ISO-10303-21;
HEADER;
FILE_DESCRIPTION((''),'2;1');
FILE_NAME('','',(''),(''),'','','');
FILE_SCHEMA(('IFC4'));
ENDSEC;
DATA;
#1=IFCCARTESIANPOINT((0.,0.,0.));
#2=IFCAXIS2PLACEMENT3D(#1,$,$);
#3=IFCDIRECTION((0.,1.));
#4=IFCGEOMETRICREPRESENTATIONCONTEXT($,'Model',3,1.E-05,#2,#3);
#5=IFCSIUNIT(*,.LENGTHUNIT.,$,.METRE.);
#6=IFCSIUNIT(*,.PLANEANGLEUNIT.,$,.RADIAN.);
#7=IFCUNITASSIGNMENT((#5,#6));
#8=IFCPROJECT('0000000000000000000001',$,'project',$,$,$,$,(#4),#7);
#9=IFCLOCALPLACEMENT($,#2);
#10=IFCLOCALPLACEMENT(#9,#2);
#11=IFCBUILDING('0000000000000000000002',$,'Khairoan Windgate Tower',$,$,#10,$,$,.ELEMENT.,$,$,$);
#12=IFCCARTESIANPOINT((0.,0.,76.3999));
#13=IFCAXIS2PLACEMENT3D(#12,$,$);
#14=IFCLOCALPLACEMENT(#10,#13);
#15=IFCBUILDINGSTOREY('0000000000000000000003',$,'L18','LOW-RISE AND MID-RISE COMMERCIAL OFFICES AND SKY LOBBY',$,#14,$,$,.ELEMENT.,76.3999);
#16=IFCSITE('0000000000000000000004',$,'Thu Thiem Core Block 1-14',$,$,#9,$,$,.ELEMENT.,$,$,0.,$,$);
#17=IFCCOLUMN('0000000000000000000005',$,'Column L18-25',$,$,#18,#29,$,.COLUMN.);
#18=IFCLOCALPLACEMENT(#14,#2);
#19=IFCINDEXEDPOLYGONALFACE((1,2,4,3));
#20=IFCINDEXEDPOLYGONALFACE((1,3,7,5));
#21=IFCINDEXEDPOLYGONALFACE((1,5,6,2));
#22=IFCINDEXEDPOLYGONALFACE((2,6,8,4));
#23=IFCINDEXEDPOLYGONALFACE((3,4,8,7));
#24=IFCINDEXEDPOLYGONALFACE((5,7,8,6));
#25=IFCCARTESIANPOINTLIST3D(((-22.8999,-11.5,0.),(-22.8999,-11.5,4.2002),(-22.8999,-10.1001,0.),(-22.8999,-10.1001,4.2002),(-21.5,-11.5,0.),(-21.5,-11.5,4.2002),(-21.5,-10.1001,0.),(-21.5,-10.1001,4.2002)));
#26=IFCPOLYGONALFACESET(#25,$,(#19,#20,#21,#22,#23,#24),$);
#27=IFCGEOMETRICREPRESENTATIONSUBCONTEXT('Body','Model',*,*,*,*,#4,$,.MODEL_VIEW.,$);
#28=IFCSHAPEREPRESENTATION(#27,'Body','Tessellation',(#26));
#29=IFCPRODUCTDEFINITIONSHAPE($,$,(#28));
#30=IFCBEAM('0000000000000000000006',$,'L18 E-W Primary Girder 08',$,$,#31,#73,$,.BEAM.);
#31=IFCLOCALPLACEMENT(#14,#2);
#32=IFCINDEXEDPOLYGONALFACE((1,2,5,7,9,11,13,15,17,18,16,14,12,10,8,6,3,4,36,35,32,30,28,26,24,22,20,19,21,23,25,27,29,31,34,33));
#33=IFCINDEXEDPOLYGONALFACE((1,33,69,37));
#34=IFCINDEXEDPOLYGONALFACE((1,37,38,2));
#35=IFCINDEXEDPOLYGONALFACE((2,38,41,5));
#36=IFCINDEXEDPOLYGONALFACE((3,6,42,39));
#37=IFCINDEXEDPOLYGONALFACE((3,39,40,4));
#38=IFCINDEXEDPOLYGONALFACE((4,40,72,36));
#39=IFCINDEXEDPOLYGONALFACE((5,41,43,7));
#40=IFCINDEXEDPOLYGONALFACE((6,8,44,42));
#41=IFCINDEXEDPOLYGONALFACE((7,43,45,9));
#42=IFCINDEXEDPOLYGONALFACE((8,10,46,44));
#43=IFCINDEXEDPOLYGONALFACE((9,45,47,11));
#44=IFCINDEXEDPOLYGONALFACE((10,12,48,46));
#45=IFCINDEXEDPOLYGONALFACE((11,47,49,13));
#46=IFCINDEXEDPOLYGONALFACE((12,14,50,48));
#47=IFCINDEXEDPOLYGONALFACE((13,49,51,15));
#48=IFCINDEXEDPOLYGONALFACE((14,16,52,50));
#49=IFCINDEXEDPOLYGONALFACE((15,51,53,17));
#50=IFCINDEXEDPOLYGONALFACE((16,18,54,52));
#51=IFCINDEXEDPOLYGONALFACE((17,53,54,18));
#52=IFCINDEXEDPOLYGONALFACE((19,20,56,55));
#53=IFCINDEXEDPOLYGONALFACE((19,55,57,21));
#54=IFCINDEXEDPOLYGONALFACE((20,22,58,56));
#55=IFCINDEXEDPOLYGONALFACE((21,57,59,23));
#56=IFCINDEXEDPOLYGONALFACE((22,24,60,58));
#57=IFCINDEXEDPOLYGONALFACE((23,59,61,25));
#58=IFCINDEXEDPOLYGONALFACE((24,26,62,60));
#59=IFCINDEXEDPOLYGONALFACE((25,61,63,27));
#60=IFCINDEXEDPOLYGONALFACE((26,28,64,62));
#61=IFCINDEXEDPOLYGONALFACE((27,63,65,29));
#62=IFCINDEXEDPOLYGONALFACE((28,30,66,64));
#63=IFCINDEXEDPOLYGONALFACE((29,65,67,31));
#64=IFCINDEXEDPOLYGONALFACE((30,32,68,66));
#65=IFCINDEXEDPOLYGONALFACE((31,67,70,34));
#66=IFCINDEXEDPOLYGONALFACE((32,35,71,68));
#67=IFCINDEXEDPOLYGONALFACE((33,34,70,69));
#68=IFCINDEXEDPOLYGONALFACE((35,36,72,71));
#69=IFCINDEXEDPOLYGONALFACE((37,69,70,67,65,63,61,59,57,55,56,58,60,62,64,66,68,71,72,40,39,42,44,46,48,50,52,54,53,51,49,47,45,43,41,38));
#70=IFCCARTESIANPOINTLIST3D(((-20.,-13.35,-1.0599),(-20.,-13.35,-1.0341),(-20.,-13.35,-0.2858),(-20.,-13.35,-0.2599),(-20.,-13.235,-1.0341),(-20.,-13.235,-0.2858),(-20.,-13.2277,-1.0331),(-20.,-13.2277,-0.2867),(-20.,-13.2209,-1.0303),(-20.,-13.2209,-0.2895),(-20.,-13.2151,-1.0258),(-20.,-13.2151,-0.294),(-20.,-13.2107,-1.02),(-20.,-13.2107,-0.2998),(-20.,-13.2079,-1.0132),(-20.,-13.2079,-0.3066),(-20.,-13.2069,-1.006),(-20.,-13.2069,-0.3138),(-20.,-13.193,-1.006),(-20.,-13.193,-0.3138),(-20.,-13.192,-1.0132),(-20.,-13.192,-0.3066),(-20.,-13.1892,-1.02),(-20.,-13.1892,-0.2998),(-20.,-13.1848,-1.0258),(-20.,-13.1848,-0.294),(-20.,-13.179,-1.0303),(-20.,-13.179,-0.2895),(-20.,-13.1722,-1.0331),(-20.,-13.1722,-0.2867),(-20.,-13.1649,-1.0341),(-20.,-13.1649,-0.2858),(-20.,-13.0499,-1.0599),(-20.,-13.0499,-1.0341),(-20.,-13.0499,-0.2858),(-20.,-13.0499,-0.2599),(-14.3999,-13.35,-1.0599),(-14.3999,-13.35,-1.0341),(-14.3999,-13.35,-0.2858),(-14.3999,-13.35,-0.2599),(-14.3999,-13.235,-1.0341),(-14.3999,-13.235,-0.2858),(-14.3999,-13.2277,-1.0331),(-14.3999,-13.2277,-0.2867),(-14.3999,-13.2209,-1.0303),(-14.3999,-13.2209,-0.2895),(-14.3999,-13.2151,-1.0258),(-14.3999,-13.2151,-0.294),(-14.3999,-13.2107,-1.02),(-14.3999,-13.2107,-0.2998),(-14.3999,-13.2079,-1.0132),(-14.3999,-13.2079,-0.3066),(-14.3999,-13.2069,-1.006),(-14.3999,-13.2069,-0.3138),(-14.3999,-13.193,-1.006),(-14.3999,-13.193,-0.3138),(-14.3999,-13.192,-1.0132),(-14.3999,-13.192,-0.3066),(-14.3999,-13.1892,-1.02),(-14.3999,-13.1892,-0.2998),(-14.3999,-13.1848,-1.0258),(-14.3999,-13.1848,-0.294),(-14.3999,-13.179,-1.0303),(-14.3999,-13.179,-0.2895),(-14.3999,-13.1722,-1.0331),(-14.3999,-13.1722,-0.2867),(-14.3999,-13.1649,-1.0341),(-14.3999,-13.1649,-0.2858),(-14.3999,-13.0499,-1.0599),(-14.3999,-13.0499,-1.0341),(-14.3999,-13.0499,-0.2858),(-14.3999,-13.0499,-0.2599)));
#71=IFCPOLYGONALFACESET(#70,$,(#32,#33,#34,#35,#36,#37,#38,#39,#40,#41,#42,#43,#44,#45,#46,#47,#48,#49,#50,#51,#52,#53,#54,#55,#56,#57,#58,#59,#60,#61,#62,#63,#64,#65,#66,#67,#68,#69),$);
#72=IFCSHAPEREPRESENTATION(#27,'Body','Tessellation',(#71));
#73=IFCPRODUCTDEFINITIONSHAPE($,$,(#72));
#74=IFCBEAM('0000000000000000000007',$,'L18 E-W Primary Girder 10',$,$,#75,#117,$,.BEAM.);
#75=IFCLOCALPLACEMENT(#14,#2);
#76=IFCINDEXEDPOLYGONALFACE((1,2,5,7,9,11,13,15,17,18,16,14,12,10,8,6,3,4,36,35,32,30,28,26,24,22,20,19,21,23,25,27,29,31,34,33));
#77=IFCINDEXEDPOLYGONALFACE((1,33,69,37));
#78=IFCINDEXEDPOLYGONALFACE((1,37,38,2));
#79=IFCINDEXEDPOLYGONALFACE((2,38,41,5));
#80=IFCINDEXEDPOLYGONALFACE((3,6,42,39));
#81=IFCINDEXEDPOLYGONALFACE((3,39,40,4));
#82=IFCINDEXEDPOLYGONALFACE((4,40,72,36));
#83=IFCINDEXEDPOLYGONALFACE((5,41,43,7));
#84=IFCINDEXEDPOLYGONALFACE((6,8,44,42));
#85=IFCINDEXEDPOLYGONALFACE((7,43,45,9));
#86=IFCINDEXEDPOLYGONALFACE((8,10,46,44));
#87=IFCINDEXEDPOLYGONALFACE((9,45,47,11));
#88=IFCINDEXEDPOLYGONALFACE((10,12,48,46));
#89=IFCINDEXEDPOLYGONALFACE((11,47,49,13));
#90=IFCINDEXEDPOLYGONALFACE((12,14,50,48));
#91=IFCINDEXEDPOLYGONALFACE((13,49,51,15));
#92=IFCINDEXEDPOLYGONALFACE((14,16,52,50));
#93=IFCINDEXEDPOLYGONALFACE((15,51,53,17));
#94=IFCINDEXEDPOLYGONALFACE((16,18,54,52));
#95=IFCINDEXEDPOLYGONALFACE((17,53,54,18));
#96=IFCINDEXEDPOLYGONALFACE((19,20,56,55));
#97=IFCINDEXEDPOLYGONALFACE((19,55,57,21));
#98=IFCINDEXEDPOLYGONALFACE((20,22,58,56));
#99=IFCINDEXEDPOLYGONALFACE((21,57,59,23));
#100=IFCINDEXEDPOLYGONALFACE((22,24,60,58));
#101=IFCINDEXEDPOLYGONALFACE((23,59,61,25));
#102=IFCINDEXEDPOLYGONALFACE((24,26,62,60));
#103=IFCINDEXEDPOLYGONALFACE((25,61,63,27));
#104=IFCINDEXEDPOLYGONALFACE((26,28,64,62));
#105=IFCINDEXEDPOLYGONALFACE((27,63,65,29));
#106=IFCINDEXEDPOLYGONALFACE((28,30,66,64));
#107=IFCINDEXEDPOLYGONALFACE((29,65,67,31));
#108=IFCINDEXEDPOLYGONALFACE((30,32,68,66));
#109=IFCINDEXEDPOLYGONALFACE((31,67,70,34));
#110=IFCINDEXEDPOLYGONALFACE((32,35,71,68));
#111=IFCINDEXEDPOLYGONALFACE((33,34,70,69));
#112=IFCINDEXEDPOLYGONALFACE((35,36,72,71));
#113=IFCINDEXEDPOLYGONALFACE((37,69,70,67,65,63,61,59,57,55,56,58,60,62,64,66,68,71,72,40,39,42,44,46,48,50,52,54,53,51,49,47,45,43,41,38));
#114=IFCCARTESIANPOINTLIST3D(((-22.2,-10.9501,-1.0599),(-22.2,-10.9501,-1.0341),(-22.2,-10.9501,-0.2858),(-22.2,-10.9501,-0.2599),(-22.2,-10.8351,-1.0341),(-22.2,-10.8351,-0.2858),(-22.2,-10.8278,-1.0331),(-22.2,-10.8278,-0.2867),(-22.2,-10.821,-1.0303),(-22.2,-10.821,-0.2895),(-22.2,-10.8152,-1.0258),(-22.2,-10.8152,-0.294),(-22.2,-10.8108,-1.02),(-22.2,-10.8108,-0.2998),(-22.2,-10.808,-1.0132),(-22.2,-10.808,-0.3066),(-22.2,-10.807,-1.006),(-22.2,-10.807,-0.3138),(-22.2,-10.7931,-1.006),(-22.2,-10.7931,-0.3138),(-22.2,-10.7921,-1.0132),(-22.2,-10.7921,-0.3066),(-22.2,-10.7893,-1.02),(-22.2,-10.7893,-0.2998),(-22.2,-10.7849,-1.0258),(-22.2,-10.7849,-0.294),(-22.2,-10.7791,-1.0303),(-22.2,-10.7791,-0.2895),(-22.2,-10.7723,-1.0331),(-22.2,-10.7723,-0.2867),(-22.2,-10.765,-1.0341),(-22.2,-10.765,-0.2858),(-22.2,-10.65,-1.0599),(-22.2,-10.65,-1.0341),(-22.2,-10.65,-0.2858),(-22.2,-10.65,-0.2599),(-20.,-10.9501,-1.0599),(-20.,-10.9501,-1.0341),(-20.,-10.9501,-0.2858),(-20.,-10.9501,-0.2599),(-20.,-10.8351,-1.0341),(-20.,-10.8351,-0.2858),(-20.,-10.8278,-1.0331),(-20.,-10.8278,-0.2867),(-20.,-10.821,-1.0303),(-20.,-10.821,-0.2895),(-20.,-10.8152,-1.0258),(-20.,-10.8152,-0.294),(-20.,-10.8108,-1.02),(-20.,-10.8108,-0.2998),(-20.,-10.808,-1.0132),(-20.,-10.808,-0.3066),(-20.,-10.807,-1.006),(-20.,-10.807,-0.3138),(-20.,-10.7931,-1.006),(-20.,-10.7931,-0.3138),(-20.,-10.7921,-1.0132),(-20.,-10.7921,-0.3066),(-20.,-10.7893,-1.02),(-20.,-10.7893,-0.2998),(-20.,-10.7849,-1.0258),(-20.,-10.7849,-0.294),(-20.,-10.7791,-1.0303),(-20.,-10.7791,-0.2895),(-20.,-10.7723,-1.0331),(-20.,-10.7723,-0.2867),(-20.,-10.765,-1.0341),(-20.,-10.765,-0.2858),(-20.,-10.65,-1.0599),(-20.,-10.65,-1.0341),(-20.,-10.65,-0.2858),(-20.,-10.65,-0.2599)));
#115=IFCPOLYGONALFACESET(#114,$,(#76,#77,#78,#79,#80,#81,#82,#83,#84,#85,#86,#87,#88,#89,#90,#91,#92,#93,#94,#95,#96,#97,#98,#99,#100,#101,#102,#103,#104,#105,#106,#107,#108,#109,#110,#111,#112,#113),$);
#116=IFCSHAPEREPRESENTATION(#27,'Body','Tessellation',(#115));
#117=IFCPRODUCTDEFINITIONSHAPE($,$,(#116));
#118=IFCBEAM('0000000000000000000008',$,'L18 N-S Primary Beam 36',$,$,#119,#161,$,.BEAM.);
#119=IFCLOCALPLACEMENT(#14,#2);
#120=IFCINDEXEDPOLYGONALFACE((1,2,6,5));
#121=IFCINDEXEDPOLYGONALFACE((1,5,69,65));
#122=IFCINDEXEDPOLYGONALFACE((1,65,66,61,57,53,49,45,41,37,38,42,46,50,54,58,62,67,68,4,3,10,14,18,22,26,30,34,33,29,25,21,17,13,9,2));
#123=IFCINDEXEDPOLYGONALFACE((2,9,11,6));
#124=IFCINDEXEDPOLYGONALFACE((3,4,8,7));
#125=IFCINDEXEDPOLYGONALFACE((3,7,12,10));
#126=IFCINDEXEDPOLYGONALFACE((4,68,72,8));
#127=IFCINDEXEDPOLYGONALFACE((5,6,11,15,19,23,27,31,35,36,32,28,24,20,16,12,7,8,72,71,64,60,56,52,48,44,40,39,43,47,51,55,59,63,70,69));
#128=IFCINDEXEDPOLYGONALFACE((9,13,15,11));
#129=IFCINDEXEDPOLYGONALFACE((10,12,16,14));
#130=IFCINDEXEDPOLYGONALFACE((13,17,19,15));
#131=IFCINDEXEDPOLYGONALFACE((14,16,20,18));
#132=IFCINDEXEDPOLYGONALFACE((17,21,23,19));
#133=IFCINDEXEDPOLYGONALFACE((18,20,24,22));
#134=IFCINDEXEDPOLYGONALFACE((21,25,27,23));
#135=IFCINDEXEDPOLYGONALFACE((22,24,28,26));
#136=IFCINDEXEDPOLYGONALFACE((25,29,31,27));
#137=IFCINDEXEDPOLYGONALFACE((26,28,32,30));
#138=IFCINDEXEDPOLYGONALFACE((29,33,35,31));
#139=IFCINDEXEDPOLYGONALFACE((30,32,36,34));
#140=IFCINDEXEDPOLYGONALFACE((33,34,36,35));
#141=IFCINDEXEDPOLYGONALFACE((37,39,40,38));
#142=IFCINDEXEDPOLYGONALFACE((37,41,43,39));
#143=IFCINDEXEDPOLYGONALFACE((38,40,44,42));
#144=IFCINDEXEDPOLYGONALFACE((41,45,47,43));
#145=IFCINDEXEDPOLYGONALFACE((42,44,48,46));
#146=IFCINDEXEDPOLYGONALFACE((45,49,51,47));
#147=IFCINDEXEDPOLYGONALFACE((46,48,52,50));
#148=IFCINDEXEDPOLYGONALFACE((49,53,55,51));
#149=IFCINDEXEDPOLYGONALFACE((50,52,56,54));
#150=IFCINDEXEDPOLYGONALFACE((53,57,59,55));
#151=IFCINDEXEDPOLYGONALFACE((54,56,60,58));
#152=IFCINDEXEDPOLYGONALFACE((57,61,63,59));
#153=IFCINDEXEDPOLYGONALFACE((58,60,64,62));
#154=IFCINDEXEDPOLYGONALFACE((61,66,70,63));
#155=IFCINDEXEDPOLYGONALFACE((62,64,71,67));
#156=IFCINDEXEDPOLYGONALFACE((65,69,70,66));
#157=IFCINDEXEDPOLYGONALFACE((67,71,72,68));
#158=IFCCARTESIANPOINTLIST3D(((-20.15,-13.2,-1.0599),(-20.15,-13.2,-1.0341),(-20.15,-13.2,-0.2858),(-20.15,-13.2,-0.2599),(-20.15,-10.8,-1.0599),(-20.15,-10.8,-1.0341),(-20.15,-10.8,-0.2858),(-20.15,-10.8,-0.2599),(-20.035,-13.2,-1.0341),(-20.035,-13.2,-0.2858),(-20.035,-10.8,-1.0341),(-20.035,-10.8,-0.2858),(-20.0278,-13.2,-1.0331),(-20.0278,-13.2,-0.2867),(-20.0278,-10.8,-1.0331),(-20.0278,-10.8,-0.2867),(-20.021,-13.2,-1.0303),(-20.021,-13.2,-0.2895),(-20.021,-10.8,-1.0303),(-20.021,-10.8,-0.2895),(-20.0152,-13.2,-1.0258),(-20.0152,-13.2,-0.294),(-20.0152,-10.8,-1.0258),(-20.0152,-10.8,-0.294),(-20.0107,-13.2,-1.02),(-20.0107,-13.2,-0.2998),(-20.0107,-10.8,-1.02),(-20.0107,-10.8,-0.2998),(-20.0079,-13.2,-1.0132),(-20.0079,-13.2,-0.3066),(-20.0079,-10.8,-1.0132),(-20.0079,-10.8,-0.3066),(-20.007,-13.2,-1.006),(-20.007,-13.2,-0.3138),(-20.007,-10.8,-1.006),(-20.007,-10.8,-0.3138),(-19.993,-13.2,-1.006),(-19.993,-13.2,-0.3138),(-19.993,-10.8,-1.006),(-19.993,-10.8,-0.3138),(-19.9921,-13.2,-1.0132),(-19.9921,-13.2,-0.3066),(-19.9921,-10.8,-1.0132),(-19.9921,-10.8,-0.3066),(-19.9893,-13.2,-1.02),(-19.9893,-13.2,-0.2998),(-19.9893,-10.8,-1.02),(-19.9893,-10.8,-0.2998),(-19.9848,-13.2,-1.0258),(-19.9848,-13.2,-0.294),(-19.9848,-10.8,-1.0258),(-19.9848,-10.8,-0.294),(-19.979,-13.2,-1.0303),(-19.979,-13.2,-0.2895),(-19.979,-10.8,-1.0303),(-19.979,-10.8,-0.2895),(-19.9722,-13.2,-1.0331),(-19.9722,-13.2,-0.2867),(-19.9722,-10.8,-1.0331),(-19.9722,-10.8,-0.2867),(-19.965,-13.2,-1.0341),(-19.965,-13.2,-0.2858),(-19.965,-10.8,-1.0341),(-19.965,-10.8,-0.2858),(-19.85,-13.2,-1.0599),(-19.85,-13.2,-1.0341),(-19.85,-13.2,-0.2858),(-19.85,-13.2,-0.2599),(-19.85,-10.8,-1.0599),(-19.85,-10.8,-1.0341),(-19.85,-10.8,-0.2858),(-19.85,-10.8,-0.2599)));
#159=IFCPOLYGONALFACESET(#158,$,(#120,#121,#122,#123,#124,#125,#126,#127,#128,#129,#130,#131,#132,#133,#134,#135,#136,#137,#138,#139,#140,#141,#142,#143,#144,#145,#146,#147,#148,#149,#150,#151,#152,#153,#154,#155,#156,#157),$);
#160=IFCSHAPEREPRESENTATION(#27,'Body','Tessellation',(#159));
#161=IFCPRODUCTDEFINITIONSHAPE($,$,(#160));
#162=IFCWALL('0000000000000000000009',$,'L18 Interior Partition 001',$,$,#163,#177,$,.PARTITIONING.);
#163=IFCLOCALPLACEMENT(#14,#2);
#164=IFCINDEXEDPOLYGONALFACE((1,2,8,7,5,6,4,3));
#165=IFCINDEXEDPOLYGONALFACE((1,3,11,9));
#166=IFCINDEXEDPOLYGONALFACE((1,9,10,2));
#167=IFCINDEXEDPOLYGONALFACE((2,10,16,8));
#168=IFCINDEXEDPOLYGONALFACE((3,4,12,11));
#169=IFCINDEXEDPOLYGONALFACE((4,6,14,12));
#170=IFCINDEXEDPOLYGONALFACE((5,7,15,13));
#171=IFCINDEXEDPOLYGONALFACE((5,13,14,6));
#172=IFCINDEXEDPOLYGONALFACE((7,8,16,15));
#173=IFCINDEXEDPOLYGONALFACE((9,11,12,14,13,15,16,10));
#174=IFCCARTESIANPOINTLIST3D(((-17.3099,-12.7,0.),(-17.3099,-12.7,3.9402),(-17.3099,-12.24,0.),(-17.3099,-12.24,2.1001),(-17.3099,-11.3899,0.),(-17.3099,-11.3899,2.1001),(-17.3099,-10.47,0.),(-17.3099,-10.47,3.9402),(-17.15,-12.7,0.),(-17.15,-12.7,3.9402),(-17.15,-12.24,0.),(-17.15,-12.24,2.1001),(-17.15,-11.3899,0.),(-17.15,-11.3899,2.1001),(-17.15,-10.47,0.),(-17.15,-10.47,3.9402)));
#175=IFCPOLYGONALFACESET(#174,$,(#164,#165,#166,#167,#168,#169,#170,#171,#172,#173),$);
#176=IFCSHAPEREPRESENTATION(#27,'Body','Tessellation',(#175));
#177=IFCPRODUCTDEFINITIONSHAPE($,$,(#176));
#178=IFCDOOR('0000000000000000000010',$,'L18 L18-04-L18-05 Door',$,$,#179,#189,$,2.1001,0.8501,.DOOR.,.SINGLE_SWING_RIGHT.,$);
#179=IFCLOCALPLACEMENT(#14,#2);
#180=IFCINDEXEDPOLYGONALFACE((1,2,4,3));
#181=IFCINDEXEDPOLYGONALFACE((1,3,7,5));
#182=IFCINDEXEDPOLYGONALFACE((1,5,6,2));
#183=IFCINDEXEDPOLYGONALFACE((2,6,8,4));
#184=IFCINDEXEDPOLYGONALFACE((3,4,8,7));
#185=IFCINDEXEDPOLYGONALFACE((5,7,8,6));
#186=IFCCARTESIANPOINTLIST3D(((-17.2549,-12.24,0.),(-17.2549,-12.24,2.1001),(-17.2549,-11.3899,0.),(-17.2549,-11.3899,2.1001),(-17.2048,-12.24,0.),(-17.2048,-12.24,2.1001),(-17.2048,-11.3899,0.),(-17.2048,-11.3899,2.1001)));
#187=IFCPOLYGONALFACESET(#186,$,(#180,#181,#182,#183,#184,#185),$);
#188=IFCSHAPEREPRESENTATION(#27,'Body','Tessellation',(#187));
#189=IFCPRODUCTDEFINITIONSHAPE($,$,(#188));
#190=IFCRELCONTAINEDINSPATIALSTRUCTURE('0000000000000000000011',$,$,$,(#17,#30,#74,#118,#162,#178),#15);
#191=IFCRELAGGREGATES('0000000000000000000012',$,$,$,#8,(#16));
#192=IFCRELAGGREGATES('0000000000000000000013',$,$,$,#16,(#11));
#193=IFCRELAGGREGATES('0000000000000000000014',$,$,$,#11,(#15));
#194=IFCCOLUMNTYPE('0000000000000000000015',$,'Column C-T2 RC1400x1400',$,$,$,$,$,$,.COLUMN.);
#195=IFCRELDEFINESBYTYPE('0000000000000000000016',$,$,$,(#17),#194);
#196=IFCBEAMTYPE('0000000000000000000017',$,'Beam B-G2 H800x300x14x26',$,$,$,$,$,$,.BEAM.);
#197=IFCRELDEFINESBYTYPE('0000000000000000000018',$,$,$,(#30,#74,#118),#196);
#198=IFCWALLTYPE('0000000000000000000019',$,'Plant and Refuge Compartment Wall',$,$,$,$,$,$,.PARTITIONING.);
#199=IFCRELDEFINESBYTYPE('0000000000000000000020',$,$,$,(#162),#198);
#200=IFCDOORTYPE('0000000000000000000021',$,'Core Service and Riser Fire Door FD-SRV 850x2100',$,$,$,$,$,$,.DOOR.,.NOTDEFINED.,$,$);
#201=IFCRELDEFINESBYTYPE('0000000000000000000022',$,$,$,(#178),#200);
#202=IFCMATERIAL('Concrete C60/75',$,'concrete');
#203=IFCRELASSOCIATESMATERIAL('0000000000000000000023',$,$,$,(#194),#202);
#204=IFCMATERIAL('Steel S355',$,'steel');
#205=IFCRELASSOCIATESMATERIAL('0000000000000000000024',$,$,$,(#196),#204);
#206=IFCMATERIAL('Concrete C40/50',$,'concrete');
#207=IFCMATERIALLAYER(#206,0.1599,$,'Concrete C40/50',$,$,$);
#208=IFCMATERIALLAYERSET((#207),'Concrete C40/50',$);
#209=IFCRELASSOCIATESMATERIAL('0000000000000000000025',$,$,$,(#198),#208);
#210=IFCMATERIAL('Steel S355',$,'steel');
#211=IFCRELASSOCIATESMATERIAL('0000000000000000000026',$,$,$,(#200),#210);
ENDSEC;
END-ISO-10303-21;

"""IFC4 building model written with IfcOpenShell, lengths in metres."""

from ifc_helpers import new_model, si_unit, direction, frame, frame_2d, origin, origin_2d, place, context, subcontext, project, spatial, rectangle, i_section, extrude, material, layer, layer_set, material_profile, profile_set, type_object, element, fill, save


model = new_model("IFC4")

# Units and contexts
model_context = context("Model", 3, precision=1e-05, world=origin(), true_north=direction((0.0, 1.0)))
body_context = subcontext(model_context, "Body", "Model", "MODEL_VIEW")
ifc_project = project(units=[si_unit("LENGTHUNIT", "METRE"), si_unit("PLANEANGLEUNIT", "RADIAN")], contexts=[model_context])

# Site, building, storey
site_placement = place(None, origin())
site = spatial("IfcSite", under=ifc_project, at=site_placement, Name="Thu Thiem Core Block 1-14", CompositionType="ELEMENT", RefElevation=0.0)
building_placement = place(site_placement, origin())
building = spatial("IfcBuilding", under=site, at=building_placement, Name="Khairoan Windgate Tower", CompositionType="ELEMENT")
storey_placement = place(building_placement, frame((0.0, 0.0, 76.3999)))
storey = spatial("IfcBuildingStorey", under=building, at=storey_placement, Name="L18", Description="LOW-RISE AND MID-RISE COMMERCIAL OFFICES AND SKY LOBBY", CompositionType="ELEMENT", Elevation=76.3999)

# Column
ifc_material_1 = material(Name="Concrete C60/75", Category="concrete")
ifc_material_profile_1 = material_profile(ifc_material_1, rectangle(XDim=1.3999, YDim=1.3999, at=origin_2d()))
ifc_profile_set_1 = profile_set([ifc_material_profile_1], Name="Concrete C60/75")
column_type = type_object("IfcColumnType", Name="Column C-T2 RC1400x1400", PredefinedType="COLUMN", material=ifc_profile_set_1)
column_placement = place(storey_placement, frame((-22.2, -10.8, 0.0), z_axis=(0.0, 0.0, 1.0), x_axis=(1.0, 0.0, 0.0)))
element("IfcColumn", 1, at=column_placement, inside=storey, type_object=column_type, Name="Column L18-25", PredefinedType="COLUMN", context=body_context, shape_type="SweptSolid", body=[
    extrude(rectangle(XDim=1.3999, YDim=1.3999, at=origin_2d()), origin(), (0.0, 0.0, 1.0), 4.2002),
])

# Beams
ifc_material_2 = material(Name="Steel S355", Category="steel")
ifc_material_profile_2 = material_profile(ifc_material_2, i_section(OverallWidth=0.3, OverallDepth=0.8, WebThickness=0.0139, FlangeThickness=0.0259, FilletRadius=0.0281, at=origin_2d()))
ifc_profile_set_2 = profile_set([ifc_material_profile_2], Name="Steel S355")
beam_type = type_object("IfcBeamType", Name="Beam B-G2 H800x300x14x26", PredefinedType="BEAM", material=ifc_profile_set_2)
beam_1_placement = place(storey_placement, frame((-20.0, -13.2, -0.6599), z_axis=(1.0, 0.0, 0.0), x_axis=(0.0, 1.0, 0.0)))
element("IfcBeam", 2, at=beam_1_placement, inside=storey, type_object=beam_type, Name="L18 E-W Primary Girder 08", PredefinedType="BEAM", context=body_context, shape_type="SweptSolid", body=[
    extrude(i_section(OverallWidth=0.3, OverallDepth=0.8, WebThickness=0.0139, FlangeThickness=0.0259, FilletRadius=0.0281, at=origin_2d()), origin(), (0.0, 0.0, 1.0), 5.6001),
])
beam_2_placement = place(storey_placement, frame((-22.2, -10.8, -0.6599), z_axis=(1.0, 0.0, 0.0), x_axis=(0.0, 1.0, 0.0)))
element("IfcBeam", 3, at=beam_2_placement, inside=storey, type_object=beam_type, Name="L18 E-W Primary Girder 10", PredefinedType="BEAM", context=body_context, shape_type="SweptSolid", body=[
    extrude(i_section(OverallWidth=0.3, OverallDepth=0.8, WebThickness=0.0139, FlangeThickness=0.0259, FilletRadius=0.0281, at=origin_2d()), origin(), (0.0, 0.0, 1.0), 2.2),
])
beam_3_placement = place(storey_placement, frame((-20.0, -13.2, -0.6599), z_axis=(0.0, 1.0, 0.0), x_axis=(-1.0, 0.0, 0.0)))
element("IfcBeam", 4, at=beam_3_placement, inside=storey, type_object=beam_type, Name="L18 N-S Primary Beam 36", PredefinedType="BEAM", context=body_context, shape_type="SweptSolid", body=[
    extrude(i_section(OverallWidth=0.3, OverallDepth=0.8, WebThickness=0.0139, FlangeThickness=0.0259, FilletRadius=0.0281, at=origin_2d()), origin(), (0.0, 0.0, 1.0), 2.3999),
])

# Wall, opening, door
ifc_material_3 = material(Name="Concrete C40/50", Category="concrete")
ifc_layer_1 = layer(ifc_material_3, 0.1599, Name="Concrete C40/50")
ifc_layer_set_1 = layer_set([ifc_layer_1], Name="Concrete C40/50")
wall_type_1 = type_object("IfcWallType", Name="Plant and Refuge Compartment Wall", PredefinedType="PARTITIONING", material=ifc_layer_set_1)
wall_1_placement = place(storey_placement, frame((-17.23, -12.7, 0.0), z_axis=(0.0, 0.0, 1.0), x_axis=(0.0, 1.0, 0.0)))
wall_1 = element("IfcWall", 5, at=wall_1_placement, inside=storey, type_object=wall_type_1, Name="L18 Interior Partition 001", PredefinedType="PARTITIONING", context=body_context, shape_type="SweptSolid", body=[
    extrude(rectangle(XDim=2.23, YDim=0.1599, at=frame_2d((1.115, 0.0))), origin(), (0.0, 0.0, 1.0), 3.9402),
])
opening_1_placement = place(wall_1_placement, frame((0.46, 0.0, 0.0)))
opening_1 = element("IfcOpeningElement", 6, at=opening_1_placement, cuts=wall_1, PredefinedType="OPENING", context=body_context, shape_type="SweptSolid", body=[
    extrude(rectangle(XDim=0.8501, YDim=2.1001, at=frame_2d((0.425, 1.05))), frame((0.0, 0.0898, 0.0), z_axis=(0.0, -1.0, 0.0), x_axis=(1.0, 0.0, 0.0)), (0.0, 0.0, 1.0), 0.1799),
])
ifc_material_4 = material(Name="Steel S355", Category="steel")
door_type_1 = type_object("IfcDoorType", Name="Core Service and Riser Fire Door FD-SRV 850x2100", OperationType="NOTDEFINED", PredefinedType="DOOR", material=ifc_material_4)
door_1_placement = place(opening_1_placement, origin())
door_1 = element("IfcDoor", 7, at=door_1_placement, inside=storey, type_object=door_type_1, Name="L18 L18-04-L18-05 Door", OperationType="SINGLE_SWING_RIGHT", OverallHeight=2.1001, OverallWidth=0.8501, PredefinedType="DOOR", context=body_context, shape_type="SweptSolid", body=[
    extrude(rectangle(XDim=0.8501, YDim=2.1001, at=frame_2d((0.425, 1.05))), frame((0.0, 0.0249, 0.0), z_axis=(0.0, -1.0, 0.0), x_axis=(1.0, 0.0, 0.0)), (0.0, 0.0, 1.0), 0.05),
])
fill(opening_1, door_1)

save(model, "model.ifc")
